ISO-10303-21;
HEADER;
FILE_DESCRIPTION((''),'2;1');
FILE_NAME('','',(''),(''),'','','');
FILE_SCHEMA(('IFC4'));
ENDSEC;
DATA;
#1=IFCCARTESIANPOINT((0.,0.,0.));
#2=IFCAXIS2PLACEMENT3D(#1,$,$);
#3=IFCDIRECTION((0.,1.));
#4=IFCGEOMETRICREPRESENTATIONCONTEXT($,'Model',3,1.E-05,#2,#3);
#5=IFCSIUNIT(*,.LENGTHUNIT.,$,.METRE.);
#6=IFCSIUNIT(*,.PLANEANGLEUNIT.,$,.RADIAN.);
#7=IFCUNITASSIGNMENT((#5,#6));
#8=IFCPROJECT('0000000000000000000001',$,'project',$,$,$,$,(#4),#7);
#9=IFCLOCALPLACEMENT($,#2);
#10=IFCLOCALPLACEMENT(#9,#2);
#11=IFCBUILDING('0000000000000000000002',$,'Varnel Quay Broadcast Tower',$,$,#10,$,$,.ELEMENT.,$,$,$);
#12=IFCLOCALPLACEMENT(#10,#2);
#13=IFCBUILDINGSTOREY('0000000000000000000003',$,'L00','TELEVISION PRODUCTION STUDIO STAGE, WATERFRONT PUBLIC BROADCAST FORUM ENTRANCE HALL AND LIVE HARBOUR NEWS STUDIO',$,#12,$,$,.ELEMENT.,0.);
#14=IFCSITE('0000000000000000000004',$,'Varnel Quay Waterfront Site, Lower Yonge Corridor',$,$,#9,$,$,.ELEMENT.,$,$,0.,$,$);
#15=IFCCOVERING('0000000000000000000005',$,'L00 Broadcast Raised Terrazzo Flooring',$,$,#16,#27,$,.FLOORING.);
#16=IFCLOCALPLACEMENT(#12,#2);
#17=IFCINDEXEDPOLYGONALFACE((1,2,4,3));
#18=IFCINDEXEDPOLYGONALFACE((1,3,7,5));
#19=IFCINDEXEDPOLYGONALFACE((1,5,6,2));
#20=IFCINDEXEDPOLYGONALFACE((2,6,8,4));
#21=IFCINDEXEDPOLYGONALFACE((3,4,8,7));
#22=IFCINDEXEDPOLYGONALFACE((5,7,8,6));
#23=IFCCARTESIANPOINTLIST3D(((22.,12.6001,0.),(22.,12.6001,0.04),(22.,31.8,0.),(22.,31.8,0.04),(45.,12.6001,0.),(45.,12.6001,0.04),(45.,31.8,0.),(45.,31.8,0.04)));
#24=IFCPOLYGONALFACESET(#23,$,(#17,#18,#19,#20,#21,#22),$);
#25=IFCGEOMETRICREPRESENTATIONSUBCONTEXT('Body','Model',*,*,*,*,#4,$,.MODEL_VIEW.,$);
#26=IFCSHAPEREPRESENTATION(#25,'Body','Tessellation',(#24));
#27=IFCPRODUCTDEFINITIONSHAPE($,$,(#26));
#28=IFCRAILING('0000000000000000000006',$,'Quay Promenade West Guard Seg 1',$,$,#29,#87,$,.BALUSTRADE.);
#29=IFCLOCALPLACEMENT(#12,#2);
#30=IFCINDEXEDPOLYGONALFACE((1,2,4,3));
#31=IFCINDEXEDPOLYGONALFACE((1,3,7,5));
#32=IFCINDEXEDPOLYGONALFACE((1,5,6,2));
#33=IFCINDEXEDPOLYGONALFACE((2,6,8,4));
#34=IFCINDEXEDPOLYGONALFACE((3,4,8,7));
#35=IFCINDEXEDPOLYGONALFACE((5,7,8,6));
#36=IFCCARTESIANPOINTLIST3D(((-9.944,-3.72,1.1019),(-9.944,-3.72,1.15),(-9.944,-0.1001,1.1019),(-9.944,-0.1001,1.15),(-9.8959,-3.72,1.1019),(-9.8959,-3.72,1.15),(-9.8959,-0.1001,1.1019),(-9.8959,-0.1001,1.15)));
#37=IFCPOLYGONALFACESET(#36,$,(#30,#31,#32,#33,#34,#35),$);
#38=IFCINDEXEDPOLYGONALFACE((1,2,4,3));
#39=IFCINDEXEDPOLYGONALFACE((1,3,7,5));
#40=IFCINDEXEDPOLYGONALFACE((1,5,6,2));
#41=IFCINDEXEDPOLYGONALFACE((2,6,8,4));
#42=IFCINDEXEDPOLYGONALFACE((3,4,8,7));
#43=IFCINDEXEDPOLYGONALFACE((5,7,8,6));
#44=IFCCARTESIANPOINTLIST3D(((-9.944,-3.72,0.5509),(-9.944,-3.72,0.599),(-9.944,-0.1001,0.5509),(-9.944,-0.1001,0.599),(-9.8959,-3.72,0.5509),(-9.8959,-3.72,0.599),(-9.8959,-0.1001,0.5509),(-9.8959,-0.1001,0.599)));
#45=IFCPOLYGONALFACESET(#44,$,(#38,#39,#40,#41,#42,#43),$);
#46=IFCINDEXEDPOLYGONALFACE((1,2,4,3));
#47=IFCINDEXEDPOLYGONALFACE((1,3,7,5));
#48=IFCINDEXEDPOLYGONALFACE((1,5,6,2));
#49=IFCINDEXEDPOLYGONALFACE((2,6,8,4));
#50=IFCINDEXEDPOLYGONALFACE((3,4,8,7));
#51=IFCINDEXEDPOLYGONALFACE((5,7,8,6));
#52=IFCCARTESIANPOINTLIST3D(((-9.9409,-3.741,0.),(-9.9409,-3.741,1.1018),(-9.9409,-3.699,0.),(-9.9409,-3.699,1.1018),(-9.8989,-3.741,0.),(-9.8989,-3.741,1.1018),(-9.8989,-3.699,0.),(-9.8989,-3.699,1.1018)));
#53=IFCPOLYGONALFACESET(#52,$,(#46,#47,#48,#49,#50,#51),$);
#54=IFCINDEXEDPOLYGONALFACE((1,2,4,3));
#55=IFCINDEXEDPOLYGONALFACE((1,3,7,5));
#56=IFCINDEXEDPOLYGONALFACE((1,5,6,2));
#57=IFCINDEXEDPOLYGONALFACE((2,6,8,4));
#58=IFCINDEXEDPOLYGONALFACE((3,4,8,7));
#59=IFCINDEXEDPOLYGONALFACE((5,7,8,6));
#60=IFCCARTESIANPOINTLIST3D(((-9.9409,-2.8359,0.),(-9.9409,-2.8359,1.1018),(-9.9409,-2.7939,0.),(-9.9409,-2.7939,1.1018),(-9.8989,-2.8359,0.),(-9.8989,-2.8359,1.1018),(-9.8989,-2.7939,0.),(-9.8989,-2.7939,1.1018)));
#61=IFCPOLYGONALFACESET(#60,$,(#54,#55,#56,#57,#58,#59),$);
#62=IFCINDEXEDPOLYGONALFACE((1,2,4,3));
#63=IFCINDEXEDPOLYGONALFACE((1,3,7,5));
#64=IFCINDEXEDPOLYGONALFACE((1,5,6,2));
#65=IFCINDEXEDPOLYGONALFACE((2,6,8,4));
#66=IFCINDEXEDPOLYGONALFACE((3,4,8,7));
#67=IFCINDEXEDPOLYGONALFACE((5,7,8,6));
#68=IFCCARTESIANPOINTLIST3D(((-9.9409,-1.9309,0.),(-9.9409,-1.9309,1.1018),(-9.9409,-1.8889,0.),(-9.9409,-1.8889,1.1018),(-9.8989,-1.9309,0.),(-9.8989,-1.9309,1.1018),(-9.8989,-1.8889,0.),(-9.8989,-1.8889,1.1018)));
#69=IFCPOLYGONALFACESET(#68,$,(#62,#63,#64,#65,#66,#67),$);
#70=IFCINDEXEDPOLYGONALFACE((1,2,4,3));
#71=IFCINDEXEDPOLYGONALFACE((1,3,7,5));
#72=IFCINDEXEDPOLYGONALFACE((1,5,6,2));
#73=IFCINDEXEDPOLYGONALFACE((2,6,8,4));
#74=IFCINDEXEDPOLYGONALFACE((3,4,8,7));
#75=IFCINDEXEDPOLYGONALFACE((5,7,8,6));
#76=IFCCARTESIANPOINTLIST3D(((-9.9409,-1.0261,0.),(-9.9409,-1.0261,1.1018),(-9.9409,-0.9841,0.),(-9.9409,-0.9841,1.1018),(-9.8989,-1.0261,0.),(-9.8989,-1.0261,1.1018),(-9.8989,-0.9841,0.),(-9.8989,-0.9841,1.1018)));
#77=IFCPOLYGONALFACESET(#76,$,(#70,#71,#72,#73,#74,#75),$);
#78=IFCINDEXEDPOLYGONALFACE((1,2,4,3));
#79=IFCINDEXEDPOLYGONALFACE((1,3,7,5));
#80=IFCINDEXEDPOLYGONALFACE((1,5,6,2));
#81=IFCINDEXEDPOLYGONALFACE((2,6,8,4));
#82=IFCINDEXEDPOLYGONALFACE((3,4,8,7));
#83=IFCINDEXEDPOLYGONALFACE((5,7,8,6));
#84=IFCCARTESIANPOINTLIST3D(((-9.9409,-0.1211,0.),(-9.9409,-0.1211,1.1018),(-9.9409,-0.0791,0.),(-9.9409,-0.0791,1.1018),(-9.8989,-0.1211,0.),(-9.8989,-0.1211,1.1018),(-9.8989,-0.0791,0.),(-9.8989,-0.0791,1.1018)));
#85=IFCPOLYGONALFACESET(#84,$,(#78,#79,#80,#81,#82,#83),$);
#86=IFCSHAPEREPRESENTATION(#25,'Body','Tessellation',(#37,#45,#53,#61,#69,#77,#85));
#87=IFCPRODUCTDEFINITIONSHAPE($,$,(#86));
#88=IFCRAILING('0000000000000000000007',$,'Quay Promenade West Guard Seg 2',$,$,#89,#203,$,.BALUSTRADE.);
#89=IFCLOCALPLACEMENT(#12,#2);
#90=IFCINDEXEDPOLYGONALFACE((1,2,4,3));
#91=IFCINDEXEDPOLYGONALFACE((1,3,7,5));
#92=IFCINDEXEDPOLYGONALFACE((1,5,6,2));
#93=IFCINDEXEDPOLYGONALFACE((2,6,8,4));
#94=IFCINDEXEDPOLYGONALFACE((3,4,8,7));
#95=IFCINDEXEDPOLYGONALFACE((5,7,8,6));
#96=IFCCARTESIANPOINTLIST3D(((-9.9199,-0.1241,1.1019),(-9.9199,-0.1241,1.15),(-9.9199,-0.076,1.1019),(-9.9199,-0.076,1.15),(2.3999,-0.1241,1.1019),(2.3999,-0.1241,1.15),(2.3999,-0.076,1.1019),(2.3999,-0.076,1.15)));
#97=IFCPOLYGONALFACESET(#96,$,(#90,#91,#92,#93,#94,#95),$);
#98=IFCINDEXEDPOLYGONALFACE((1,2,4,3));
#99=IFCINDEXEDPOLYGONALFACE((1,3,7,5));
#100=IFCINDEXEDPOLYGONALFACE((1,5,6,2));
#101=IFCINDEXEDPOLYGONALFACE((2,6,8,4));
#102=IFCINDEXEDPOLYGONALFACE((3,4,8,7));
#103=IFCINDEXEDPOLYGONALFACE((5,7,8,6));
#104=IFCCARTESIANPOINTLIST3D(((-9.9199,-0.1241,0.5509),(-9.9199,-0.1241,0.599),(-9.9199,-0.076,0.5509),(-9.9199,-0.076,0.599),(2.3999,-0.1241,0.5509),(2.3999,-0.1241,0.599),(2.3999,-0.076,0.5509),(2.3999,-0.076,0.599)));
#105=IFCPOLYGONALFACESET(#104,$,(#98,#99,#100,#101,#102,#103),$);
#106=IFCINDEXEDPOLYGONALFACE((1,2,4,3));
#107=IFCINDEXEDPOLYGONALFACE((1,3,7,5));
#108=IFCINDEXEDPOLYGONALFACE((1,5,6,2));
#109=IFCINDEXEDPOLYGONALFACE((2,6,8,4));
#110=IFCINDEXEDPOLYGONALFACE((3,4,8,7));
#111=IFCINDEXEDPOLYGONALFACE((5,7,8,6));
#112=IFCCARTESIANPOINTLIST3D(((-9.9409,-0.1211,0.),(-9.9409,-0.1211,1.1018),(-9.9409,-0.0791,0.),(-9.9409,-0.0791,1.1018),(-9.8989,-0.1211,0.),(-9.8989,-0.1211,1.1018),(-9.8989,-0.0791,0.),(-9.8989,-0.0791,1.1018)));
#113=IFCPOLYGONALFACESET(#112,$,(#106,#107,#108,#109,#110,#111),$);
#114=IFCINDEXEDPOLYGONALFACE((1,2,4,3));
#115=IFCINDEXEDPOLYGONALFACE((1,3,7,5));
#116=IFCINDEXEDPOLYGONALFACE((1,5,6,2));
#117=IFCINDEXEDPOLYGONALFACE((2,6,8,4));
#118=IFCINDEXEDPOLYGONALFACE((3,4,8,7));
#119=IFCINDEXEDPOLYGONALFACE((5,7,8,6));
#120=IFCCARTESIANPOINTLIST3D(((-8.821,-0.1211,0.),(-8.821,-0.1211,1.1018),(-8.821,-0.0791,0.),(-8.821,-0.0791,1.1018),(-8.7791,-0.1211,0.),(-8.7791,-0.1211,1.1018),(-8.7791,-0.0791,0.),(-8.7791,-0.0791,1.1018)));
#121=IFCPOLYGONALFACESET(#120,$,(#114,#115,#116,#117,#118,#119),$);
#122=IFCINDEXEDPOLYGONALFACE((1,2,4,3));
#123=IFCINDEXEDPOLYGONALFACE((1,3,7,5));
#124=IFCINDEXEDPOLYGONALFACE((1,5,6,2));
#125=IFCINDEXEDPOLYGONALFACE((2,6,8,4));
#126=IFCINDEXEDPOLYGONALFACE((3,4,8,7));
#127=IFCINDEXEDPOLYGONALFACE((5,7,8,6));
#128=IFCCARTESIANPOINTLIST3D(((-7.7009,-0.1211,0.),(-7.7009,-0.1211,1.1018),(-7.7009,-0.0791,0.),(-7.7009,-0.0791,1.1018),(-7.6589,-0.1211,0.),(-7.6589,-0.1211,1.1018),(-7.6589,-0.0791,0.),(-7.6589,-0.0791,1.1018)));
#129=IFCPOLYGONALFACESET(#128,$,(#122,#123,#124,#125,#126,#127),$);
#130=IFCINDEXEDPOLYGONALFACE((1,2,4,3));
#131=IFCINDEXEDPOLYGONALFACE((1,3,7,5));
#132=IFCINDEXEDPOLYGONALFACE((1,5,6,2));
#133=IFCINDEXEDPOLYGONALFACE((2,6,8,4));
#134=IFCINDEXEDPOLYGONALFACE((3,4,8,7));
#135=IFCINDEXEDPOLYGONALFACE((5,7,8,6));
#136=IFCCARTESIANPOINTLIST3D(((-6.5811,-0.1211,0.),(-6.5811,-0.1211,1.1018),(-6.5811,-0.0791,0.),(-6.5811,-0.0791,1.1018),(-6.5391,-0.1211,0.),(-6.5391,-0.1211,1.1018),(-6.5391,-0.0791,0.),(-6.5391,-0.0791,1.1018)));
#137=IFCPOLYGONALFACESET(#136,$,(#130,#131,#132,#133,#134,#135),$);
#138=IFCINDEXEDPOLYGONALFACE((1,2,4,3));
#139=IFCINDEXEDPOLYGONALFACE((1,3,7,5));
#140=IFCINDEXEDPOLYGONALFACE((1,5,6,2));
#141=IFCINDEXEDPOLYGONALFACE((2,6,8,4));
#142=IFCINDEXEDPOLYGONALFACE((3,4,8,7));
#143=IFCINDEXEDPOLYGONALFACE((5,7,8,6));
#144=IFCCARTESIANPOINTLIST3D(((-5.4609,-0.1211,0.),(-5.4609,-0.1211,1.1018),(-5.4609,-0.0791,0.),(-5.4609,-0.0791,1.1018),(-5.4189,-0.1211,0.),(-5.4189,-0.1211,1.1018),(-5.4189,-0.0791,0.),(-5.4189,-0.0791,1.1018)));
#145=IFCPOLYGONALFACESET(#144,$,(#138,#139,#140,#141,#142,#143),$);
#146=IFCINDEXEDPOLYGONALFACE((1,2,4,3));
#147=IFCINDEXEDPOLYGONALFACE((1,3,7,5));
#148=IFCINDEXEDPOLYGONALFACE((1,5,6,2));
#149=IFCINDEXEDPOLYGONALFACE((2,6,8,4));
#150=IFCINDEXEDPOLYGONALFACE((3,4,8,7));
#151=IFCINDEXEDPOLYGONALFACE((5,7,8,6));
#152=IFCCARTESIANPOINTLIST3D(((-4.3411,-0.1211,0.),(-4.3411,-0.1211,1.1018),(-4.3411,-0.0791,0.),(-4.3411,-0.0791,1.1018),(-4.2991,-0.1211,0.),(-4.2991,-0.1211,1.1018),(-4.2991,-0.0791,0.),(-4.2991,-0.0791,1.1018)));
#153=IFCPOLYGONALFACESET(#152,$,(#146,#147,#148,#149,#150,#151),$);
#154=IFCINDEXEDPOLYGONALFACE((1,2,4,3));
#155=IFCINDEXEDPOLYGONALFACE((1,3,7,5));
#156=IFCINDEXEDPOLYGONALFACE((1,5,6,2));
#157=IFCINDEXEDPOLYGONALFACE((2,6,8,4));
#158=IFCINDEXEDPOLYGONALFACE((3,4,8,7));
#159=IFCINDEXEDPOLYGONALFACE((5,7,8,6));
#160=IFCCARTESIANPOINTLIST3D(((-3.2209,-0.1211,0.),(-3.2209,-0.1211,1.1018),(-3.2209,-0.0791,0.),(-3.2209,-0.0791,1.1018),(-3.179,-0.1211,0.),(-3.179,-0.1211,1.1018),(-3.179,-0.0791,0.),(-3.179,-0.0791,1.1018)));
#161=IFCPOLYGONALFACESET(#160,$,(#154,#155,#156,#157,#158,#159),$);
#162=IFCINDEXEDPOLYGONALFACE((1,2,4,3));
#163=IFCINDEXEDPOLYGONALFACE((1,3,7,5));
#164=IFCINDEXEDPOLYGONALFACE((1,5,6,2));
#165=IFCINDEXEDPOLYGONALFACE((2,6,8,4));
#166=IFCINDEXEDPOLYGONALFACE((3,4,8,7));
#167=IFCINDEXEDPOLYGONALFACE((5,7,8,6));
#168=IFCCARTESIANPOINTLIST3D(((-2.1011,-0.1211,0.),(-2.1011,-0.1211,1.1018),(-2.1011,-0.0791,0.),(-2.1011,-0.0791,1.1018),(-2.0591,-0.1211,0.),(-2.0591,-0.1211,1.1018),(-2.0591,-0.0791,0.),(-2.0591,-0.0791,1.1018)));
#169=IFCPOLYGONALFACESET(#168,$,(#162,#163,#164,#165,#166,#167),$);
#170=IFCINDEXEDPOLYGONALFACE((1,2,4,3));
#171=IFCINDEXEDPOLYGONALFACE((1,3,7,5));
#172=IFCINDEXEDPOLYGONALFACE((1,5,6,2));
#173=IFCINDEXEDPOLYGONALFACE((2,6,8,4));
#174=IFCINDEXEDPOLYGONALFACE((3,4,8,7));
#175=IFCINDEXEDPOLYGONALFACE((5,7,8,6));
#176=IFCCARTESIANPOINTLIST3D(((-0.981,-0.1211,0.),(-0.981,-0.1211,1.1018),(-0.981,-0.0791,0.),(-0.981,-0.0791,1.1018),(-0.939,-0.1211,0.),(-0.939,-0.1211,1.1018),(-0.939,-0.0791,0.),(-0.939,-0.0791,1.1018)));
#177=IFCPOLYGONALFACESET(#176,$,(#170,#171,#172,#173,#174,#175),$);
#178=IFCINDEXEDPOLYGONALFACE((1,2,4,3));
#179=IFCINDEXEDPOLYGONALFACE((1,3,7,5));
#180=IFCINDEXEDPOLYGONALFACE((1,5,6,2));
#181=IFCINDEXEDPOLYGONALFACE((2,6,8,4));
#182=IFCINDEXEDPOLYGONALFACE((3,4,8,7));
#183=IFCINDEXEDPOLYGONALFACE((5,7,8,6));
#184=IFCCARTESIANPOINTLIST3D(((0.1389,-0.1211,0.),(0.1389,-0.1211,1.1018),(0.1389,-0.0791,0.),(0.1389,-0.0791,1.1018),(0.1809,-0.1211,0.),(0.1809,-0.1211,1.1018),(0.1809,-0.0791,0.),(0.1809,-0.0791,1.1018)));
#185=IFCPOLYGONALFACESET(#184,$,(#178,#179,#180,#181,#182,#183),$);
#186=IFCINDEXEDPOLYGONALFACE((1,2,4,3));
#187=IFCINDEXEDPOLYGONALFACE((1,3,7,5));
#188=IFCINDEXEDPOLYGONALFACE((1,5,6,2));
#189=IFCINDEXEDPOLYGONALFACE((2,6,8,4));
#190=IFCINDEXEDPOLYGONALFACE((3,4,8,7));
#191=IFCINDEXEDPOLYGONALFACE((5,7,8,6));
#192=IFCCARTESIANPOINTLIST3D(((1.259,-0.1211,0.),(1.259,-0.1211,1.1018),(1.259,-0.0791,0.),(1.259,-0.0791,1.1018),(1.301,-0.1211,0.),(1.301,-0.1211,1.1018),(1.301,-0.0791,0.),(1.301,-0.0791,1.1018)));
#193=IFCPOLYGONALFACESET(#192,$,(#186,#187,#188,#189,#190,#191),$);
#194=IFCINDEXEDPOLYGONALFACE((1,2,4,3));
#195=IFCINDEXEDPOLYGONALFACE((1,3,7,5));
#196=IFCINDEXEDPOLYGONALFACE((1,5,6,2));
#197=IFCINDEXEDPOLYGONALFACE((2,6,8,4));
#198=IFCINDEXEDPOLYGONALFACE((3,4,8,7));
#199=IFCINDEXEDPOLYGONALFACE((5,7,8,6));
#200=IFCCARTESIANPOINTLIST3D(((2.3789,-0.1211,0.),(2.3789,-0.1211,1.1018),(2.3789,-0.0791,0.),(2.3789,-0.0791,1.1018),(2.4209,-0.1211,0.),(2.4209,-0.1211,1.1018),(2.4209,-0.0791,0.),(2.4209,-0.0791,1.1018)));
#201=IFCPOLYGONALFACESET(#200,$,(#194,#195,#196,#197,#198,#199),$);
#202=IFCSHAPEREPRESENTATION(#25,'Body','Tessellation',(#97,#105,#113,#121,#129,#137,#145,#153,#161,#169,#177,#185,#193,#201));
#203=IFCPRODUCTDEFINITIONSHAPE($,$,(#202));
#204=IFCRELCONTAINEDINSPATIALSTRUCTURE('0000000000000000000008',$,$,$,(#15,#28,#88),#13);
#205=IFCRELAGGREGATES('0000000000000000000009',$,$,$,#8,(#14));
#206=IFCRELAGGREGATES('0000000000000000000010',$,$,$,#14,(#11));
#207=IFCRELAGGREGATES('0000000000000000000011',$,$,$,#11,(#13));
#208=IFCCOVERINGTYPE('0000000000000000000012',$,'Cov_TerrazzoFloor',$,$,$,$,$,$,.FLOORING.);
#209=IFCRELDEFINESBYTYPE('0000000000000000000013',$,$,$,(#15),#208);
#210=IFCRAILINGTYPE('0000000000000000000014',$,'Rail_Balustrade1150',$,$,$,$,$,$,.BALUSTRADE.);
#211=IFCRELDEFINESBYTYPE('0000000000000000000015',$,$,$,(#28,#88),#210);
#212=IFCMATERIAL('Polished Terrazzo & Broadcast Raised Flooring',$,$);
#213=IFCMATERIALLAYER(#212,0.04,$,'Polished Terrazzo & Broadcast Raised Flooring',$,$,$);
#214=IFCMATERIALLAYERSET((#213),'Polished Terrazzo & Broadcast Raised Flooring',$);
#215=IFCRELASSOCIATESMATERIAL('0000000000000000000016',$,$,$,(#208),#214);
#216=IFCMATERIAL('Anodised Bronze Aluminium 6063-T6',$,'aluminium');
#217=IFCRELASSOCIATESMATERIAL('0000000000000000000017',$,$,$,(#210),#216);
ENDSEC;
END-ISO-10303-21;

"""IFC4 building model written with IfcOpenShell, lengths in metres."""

from ifc_helpers import new_model, si_unit, direction, frame, origin, origin_2d, place, context, subcontext, project, spatial, polyline, rectangle, outline, extrude, material, layer, layer_set, type_object, element, save


model = new_model("IFC4")

# Units and contexts
model_context = context("Model", 3, precision=1e-05, world=origin(), true_north=direction((0.0, 1.0)))
body_context = subcontext(model_context, "Body", "Model", "MODEL_VIEW")
ifc_project = project(units=[si_unit("LENGTHUNIT", "METRE"), si_unit("PLANEANGLEUNIT", "RADIAN")], contexts=[model_context])

# Site, building, storey
site_placement = place(None, origin())
site = spatial("IfcSite", under=ifc_project, at=site_placement, Name="Varnel Quay Waterfront Site, Lower Yonge Corridor", CompositionType="ELEMENT", RefElevation=0.0)
building_placement = place(site_placement, origin())
building = spatial("IfcBuilding", under=site, at=building_placement, Name="Varnel Quay Broadcast Tower", CompositionType="ELEMENT")
storey_placement = place(building_placement, origin())
storey = spatial("IfcBuildingStorey", under=building, at=storey_placement, Name="L00", Description="TELEVISION PRODUCTION STUDIO STAGE, WATERFRONT PUBLIC BROADCAST FORUM ENTRANCE HALL AND LIVE HARBOUR NEWS STUDIO", CompositionType="ELEMENT", Elevation=0.0)

# Shared definitions
ifc_material_1 = material(Name="Anodised Bronze Aluminium 6063-T6", Category="aluminium")

# Covering
ifc_material_2 = material(Name="Polished Terrazzo & Broadcast Raised Flooring")
ifc_layer_1 = layer(ifc_material_2, 0.04, Name="Polished Terrazzo & Broadcast Raised Flooring")
ifc_layer_set_1 = layer_set([ifc_layer_1], Name="Polished Terrazzo & Broadcast Raised Flooring")
covering_type_1 = type_object("IfcCoveringType", Name="Cov_TerrazzoFloor", PredefinedType="FLOORING", material=ifc_layer_set_1)
covering_1_placement = place(storey_placement, origin())
element("IfcCovering", 1, at=covering_1_placement, inside=storey, type_object=covering_type_1, Name="L00 Broadcast Raised Terrazzo Flooring", PredefinedType="FLOORING", context=body_context, shape_type="SweptSolid", body=[
    extrude(outline(polyline([(22.0, 12.6001), (45.0, 12.6001), (45.0, 31.8), (22.0, 31.8), (22.0, 12.6001)])), origin(), (0.0, 0.0, 1.0), 0.04),
])

# Railings
railing_type = type_object("IfcRailingType", Name="Rail_Balustrade1150", PredefinedType="BALUSTRADE", material=ifc_material_1)
railing_1_placement = place(storey_placement, frame((-9.9199, -3.72, 0.0)))
element("IfcRailing", 2, at=railing_1_placement, inside=storey, type_object=railing_type, Name="Quay Promenade West Guard Seg 1", PredefinedType="BALUSTRADE", context=body_context, shape_type="SweptSolid", body=[
    extrude(rectangle(XDim=0.0481, YDim=0.0481, at=origin_2d()), frame((0.0, 0.0, 1.126), z_axis=(0.0, 1.0, 0.0), x_axis=(-1.0, 0.0, 0.0)), (0.0, 0.0, 1.0), 3.6199),
    extrude(rectangle(XDim=0.0481, YDim=0.0481, at=origin_2d()), frame((0.0, 0.0, 0.575), z_axis=(0.0, 1.0, 0.0), x_axis=(-1.0, 0.0, 0.0)), (0.0, 0.0, 1.0), 3.6199),
    extrude(rectangle(XDim=0.042, YDim=0.042, at=origin_2d()), origin(), (0.0, 0.0, 1.0), 1.1018),
    extrude(rectangle(XDim=0.042, YDim=0.042, at=origin_2d()), frame((0.0, 0.905, 0.0)), (0.0, 0.0, 1.0), 1.1018),
    extrude(rectangle(XDim=0.042, YDim=0.042, at=origin_2d()), frame((0.0, 1.8101, 0.0)), (0.0, 0.0, 1.0), 1.1018),
    extrude(rectangle(XDim=0.042, YDim=0.042, at=origin_2d()), frame((0.0, 2.7148, 0.0)), (0.0, 0.0, 1.0), 1.1018),
    extrude(rectangle(XDim=0.042, YDim=0.042, at=origin_2d()), frame((0.0, 3.6199, 0.0)), (0.0, 0.0, 1.0), 1.1018),
])
railing_2_placement = place(storey_placement, frame((-9.9199, -0.1001, 0.0)))
element("IfcRailing", 3, at=railing_2_placement, inside=storey, type_object=railing_type, Name="Quay Promenade West Guard Seg 2", PredefinedType="BALUSTRADE", context=body_context, shape_type="SweptSolid", body=[
    extrude(rectangle(XDim=0.0481, YDim=0.0481, at=origin_2d()), frame((0.0, 0.0, 1.126), z_axis=(1.0, 0.0, 0.0), x_axis=(0.0, 1.0, 0.0)), (0.0, 0.0, 1.0), 12.3198),
    extrude(rectangle(XDim=0.0481, YDim=0.0481, at=origin_2d()), frame((0.0, 0.0, 0.575), z_axis=(1.0, 0.0, 0.0), x_axis=(0.0, 1.0, 0.0)), (0.0, 0.0, 1.0), 12.3198),
    extrude(rectangle(XDim=0.042, YDim=0.042, at=origin_2d()), origin(), (0.0, 0.0, 1.0), 1.1018),
    extrude(rectangle(XDim=0.042, YDim=0.042, at=origin_2d()), frame((1.1199, 0.0, 0.0)), (0.0, 0.0, 1.0), 1.1018),
    extrude(rectangle(XDim=0.042, YDim=0.042, at=origin_2d()), frame((2.24, 0.0, 0.0)), (0.0, 0.0, 1.0), 1.1018),
    extrude(rectangle(XDim=0.042, YDim=0.042, at=origin_2d()), frame((3.3599, 0.0, 0.0)), (0.0, 0.0, 1.0), 1.1018),
    extrude(rectangle(XDim=0.042, YDim=0.042, at=origin_2d()), frame((4.48, 0.0, 0.0)), (0.0, 0.0, 1.0), 1.1018),
    extrude(rectangle(XDim=0.042, YDim=0.042, at=origin_2d()), frame((5.5999, 0.0, 0.0)), (0.0, 0.0, 1.0), 1.1018),
    extrude(rectangle(XDim=0.042, YDim=0.042, at=origin_2d()), frame((6.72, 0.0, 0.0)), (0.0, 0.0, 1.0), 1.1018),
    extrude(rectangle(XDim=0.042, YDim=0.042, at=origin_2d()), frame((7.8398, 0.0, 0.0)), (0.0, 0.0, 1.0), 1.1018),
    extrude(rectangle(XDim=0.042, YDim=0.042, at=origin_2d()), frame((8.96, 0.0, 0.0)), (0.0, 0.0, 1.0), 1.1018),
    extrude(rectangle(XDim=0.042, YDim=0.042, at=origin_2d()), frame((10.0798, 0.0, 0.0)), (0.0, 0.0, 1.0), 1.1018),
    extrude(rectangle(XDim=0.042, YDim=0.042, at=origin_2d()), frame((11.2, 0.0, 0.0)), (0.0, 0.0, 1.0), 1.1018),
    extrude(rectangle(XDim=0.042, YDim=0.042, at=origin_2d()), frame((12.3198, 0.0, 0.0)), (0.0, 0.0, 1.0), 1.1018),
])

save(model, "model.ifc")
